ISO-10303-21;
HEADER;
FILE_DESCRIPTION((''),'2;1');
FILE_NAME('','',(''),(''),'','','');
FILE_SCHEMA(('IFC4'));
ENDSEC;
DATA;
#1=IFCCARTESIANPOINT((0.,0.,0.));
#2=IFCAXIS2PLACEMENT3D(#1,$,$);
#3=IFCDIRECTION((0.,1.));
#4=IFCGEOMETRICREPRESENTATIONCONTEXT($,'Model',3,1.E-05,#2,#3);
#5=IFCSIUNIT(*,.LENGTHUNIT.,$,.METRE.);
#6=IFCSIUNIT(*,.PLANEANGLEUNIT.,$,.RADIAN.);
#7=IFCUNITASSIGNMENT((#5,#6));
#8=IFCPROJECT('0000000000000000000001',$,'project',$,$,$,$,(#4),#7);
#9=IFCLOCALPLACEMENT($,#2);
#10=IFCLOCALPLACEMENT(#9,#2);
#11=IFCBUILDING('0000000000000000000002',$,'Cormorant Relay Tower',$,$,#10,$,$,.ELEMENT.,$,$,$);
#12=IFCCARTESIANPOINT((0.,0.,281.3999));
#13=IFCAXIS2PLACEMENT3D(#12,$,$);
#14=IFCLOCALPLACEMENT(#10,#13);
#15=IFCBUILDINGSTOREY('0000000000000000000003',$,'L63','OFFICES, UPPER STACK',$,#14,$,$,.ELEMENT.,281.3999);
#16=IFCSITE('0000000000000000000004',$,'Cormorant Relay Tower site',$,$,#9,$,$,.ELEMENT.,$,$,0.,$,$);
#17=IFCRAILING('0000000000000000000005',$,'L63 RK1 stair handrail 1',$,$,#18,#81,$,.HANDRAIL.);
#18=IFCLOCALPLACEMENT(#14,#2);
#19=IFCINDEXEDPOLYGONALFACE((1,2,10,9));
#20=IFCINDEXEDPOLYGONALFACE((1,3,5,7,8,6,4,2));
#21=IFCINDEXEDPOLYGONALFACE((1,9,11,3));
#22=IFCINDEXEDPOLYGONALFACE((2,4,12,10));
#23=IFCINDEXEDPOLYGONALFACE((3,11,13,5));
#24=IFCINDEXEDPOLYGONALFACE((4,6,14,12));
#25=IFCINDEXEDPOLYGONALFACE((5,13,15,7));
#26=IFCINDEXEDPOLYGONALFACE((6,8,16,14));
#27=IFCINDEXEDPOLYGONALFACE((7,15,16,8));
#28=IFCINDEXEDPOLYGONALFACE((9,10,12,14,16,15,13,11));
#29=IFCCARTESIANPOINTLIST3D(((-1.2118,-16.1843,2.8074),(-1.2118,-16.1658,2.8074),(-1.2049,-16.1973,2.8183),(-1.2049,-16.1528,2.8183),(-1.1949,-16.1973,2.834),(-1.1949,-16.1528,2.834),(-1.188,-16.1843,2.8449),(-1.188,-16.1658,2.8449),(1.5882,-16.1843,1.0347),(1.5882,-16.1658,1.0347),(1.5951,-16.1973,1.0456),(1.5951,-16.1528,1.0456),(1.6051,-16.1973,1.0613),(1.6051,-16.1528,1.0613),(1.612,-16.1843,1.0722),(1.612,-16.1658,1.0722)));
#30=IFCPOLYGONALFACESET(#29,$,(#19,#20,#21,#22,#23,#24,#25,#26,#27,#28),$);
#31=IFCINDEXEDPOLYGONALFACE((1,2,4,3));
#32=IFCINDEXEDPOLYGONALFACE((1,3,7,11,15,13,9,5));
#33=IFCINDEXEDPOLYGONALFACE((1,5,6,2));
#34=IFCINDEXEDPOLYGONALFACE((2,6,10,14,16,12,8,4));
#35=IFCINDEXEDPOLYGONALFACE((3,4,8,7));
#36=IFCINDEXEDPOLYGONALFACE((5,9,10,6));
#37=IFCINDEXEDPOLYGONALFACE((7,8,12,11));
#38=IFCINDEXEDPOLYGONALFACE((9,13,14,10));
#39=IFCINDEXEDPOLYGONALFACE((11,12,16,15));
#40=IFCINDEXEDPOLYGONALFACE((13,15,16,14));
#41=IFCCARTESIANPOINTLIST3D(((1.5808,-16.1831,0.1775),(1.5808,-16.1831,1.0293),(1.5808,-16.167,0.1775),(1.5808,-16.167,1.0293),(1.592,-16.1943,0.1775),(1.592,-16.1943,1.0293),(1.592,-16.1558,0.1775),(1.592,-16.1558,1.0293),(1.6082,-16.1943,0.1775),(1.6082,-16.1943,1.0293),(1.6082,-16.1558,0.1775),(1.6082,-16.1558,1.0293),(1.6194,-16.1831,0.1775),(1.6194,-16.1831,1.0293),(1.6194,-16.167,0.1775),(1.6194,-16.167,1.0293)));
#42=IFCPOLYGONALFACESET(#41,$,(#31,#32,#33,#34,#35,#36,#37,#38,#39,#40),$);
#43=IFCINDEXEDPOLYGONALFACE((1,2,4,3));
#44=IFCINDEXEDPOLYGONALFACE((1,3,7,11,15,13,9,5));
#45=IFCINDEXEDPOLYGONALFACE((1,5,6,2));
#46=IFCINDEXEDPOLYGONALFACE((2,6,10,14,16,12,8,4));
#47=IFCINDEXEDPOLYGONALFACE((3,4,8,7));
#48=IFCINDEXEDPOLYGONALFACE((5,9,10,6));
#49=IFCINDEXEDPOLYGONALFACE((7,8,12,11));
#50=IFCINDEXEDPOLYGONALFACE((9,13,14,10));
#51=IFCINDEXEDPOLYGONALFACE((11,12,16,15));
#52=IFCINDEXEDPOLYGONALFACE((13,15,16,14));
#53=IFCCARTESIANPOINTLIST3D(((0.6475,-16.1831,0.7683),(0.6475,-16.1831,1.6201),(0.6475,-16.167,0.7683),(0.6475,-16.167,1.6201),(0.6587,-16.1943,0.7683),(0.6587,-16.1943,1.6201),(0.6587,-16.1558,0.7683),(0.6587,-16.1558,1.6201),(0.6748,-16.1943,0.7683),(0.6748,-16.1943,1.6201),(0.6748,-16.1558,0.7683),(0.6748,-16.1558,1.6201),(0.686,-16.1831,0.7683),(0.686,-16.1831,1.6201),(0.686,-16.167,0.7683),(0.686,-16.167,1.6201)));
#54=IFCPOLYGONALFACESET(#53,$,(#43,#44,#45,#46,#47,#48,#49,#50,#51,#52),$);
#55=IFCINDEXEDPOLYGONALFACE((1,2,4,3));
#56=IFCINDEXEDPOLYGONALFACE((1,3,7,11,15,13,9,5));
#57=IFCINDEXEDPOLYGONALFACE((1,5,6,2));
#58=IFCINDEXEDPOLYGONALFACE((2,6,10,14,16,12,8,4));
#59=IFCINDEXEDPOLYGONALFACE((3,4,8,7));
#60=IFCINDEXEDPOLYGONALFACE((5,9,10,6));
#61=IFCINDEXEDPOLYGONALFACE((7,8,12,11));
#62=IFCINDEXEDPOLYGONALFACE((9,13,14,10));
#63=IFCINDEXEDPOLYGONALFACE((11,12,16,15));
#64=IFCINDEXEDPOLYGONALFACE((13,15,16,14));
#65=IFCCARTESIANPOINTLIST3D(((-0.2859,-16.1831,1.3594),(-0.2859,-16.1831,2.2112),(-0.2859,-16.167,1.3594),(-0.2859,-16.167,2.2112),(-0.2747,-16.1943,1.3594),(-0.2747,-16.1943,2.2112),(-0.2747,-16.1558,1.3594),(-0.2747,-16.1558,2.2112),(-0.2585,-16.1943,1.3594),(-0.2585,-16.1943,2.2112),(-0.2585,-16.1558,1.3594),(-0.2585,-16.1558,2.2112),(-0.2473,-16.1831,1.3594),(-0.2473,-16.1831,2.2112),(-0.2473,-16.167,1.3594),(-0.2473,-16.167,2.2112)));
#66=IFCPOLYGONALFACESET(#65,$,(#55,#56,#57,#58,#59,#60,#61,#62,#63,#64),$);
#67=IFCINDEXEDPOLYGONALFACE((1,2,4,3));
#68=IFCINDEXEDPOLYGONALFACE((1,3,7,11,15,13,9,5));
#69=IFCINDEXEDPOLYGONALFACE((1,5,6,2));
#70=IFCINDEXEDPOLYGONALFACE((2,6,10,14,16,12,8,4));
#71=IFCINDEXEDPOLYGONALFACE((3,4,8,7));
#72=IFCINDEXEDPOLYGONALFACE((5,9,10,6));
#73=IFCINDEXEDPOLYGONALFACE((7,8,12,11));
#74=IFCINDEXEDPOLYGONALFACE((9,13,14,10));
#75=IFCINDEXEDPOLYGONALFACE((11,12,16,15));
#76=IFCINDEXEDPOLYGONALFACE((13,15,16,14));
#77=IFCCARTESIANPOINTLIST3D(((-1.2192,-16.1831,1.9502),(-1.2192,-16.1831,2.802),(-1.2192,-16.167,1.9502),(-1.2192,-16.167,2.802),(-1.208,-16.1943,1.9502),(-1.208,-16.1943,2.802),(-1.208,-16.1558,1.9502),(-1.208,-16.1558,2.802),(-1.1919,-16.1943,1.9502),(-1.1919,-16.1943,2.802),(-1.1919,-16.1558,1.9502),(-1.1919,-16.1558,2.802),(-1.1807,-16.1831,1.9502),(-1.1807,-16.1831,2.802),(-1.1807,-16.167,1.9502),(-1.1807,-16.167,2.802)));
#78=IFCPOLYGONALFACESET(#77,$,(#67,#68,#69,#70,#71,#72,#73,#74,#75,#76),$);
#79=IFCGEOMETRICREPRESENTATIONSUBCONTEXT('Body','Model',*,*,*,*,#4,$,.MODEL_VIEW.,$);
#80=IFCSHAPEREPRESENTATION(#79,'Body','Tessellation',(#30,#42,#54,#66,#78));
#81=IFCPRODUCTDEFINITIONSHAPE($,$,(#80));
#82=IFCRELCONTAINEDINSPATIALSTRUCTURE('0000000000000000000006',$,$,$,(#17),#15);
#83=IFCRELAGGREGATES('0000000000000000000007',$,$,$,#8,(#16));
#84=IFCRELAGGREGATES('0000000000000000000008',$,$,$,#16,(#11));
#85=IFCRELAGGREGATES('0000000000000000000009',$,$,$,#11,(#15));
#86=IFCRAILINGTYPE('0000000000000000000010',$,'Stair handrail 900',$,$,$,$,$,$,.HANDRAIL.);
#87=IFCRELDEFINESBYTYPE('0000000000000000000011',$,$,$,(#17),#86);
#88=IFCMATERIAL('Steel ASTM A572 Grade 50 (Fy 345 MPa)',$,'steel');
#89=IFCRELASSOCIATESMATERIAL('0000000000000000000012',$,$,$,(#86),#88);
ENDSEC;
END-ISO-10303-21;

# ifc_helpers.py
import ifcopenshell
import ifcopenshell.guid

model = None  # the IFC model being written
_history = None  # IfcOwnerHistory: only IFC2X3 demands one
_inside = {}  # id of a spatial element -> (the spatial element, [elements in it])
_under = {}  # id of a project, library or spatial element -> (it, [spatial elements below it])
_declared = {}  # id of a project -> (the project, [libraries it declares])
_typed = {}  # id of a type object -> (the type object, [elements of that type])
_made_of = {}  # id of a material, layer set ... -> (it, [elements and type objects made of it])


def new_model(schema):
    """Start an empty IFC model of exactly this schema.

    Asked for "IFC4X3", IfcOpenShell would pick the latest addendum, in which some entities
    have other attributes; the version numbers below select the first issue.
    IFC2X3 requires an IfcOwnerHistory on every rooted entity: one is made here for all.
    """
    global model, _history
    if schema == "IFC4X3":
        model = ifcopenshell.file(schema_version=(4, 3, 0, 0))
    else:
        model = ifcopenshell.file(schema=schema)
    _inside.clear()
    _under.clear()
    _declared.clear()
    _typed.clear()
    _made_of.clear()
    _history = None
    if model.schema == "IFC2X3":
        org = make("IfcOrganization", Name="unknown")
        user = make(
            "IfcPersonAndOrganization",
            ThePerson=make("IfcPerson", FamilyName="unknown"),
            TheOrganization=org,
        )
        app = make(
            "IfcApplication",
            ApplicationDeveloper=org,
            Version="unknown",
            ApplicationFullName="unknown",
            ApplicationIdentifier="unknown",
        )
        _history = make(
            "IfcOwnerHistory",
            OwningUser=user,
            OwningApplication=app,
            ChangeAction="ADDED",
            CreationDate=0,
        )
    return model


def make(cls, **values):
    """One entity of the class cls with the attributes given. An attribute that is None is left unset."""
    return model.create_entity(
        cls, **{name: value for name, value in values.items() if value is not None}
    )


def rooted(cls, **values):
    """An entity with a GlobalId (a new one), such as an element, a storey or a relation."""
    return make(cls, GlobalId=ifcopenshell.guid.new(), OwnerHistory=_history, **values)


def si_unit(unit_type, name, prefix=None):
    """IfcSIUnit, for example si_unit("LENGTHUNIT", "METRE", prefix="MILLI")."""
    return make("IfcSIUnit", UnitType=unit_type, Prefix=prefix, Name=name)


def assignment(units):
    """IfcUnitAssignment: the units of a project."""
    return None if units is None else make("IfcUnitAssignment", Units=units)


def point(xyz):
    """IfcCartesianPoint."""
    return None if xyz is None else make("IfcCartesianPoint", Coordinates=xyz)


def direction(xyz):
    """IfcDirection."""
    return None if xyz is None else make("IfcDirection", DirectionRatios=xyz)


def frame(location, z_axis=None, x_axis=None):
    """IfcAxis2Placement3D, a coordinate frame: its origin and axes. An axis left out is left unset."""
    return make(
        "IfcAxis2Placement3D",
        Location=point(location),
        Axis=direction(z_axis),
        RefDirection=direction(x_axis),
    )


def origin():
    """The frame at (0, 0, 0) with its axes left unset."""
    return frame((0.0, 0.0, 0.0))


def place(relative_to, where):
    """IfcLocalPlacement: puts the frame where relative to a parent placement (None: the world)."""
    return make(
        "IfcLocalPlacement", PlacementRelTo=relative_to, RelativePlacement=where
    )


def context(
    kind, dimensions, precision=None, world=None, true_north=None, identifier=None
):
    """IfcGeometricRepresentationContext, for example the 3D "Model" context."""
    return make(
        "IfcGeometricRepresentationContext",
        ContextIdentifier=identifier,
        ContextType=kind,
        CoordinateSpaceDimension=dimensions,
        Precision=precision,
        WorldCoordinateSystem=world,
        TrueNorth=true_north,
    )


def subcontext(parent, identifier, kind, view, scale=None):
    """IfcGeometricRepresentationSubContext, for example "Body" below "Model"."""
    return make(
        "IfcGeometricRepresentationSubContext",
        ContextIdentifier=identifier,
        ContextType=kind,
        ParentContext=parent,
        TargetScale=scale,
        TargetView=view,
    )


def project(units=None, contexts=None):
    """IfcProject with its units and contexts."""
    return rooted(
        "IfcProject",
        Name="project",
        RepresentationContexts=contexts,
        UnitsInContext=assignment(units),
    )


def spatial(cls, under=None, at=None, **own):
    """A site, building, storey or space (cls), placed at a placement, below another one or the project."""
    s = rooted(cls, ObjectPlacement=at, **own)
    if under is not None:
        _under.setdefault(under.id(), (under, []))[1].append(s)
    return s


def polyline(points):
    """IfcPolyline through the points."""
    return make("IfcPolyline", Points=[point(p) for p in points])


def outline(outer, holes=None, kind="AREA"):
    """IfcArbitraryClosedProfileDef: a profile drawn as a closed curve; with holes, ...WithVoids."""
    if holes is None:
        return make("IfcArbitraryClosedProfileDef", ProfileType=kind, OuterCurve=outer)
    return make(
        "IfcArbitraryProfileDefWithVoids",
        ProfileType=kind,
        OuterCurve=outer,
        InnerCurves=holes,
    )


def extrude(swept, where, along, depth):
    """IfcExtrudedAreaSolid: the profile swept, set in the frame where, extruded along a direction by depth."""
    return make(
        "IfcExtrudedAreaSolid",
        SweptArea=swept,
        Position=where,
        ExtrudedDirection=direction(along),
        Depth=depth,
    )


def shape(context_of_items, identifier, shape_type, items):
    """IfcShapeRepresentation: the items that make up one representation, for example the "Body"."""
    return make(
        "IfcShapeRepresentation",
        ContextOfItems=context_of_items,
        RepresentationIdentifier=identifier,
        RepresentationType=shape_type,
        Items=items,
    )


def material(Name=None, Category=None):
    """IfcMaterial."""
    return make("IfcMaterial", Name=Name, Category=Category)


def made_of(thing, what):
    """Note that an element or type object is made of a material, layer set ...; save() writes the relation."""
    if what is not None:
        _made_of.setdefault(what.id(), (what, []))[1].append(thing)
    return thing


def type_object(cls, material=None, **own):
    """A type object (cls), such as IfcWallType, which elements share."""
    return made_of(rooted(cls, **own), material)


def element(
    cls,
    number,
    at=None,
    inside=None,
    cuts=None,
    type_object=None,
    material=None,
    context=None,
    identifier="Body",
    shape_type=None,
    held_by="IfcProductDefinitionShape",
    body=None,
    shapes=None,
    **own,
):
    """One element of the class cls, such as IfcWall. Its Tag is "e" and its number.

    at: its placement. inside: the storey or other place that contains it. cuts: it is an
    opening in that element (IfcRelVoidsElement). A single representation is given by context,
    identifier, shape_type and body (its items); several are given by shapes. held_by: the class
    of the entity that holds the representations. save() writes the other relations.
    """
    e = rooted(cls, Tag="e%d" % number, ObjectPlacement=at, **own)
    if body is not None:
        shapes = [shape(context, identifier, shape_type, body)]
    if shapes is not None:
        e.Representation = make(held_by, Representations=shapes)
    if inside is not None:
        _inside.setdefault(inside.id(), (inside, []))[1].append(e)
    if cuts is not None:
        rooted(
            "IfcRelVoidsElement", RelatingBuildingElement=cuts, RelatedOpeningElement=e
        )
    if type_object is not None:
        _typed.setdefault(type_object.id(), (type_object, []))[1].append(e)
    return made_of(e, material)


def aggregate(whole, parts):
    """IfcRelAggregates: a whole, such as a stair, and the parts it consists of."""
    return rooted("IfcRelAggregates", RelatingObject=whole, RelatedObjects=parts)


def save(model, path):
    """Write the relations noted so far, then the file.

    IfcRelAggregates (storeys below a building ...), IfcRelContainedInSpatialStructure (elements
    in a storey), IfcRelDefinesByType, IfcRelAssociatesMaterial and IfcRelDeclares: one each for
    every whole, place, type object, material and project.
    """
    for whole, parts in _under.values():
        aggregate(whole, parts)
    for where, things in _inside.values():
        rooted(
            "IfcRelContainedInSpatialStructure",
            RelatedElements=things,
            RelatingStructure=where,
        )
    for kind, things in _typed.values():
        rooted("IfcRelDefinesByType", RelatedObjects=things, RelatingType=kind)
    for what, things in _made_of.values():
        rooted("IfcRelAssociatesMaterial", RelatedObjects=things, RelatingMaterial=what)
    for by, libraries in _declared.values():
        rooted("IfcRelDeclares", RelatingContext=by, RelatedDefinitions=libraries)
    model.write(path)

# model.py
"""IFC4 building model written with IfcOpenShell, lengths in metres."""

from ifc_helpers import new_model, si_unit, direction, frame, origin, place, context, subcontext, project, spatial, polyline, outline, extrude, material, type_object, element, save


model = new_model("IFC4")

# Units and contexts
model_context = context("Model", 3, precision=1e-05, world=origin(), true_north=direction((0.0, 1.0)))
body_context = subcontext(model_context, "Body", "Model", "MODEL_VIEW")
ifc_project = project(units=[si_unit("LENGTHUNIT", "METRE"), si_unit("PLANEANGLEUNIT", "RADIAN")], contexts=[model_context])

# Site, building, storey
site_placement = place(None, origin())
site = spatial("IfcSite", under=ifc_project, at=site_placement, Name="Cormorant Relay Tower site", CompositionType="ELEMENT", RefElevation=0.0)
building_placement = place(site_placement, origin())
building = spatial("IfcBuilding", under=site, at=building_placement, Name="Cormorant Relay Tower", CompositionType="ELEMENT")
storey_placement = place(building_placement, frame((0.0, 0.0, 281.3999)))
storey = spatial("IfcBuildingStorey", under=building, at=storey_placement, Name="L63", Description="OFFICES, UPPER STACK", CompositionType="ELEMENT", Elevation=281.3999)

# Railing
ifc_material_1 = material(Name="Steel ASTM A572 Grade 50 (Fy 345 MPa)", Category="steel")
railing_type = type_object("IfcRailingType", Name="Stair handrail 900", PredefinedType="HANDRAIL", material=ifc_material_1)
railing_placement = place(storey_placement, frame((1.6001, -16.175, 0.1775)))
element("IfcRailing", 1, at=railing_placement, inside=storey, type_object=railing_type, Name="L63 RK1 stair handrail 1", PredefinedType="HANDRAIL", context=body_context, shape_type="SweptSolid", body=[
    extrude(outline(polyline([(0.0222, 0.0093), (0.0093, 0.0222), (-0.0093, 0.0222), (-0.0222, 0.0093), (-0.0222, -0.0093), (-0.0093, -0.0222), (0.0093, -0.0222), (0.0222, -0.0093), (0.0222, 0.0093)])), frame((0.0, 0.0, 0.876), z_axis=(-0.844909, 0.0, 0.53491), x_axis=(0.0, -1.0, 0.0)), (0.0, 0.0, 1.0), 3.314),
    extrude(outline(polyline([(0.0193, 0.0081), (0.0081, 0.0193), (-0.0081, 0.0193), (-0.0193, 0.0081), (-0.0193, -0.0081), (-0.0081, -0.0193), (0.0081, -0.0193), (0.0193, -0.0081), (0.0193, 0.0081)])), origin(), (0.0, 0.0, 1.0), 0.8518),
    extrude(outline(polyline([(0.0193, 0.0081), (0.0081, 0.0193), (-0.0081, 0.0193), (-0.0193, 0.0081), (-0.0193, -0.0081), (-0.0081, -0.0193), (0.0081, -0.0193), (0.0193, -0.0081), (0.0193, 0.0081)])), frame((-0.9333, 0.0, 0.5908)), (0.0, 0.0, 1.0), 0.8518),
    extrude(outline(polyline([(0.0193, 0.0081), (0.0081, 0.0193), (-0.0081, 0.0193), (-0.0193, 0.0081), (-0.0193, -0.0081), (-0.0081, -0.0193), (0.0081, -0.0193), (0.0193, -0.0081), (0.0193, 0.0081)])), frame((-1.8667, 0.0, 1.1819)), (0.0, 0.0, 1.0), 0.8518),
    extrude(outline(polyline([(0.0193, 0.0081), (0.0081, 0.0193), (-0.0081, 0.0193), (-0.0193, 0.0081), (-0.0193, -0.0081), (-0.0081, -0.0193), (0.0081, -0.0193), (0.0193, -0.0081), (0.0193, 0.0081)])), frame((-2.8, 0.0, 1.7727)), (0.0, 0.0, 1.0), 0.8518),
])

save(model, "model.ifc")
